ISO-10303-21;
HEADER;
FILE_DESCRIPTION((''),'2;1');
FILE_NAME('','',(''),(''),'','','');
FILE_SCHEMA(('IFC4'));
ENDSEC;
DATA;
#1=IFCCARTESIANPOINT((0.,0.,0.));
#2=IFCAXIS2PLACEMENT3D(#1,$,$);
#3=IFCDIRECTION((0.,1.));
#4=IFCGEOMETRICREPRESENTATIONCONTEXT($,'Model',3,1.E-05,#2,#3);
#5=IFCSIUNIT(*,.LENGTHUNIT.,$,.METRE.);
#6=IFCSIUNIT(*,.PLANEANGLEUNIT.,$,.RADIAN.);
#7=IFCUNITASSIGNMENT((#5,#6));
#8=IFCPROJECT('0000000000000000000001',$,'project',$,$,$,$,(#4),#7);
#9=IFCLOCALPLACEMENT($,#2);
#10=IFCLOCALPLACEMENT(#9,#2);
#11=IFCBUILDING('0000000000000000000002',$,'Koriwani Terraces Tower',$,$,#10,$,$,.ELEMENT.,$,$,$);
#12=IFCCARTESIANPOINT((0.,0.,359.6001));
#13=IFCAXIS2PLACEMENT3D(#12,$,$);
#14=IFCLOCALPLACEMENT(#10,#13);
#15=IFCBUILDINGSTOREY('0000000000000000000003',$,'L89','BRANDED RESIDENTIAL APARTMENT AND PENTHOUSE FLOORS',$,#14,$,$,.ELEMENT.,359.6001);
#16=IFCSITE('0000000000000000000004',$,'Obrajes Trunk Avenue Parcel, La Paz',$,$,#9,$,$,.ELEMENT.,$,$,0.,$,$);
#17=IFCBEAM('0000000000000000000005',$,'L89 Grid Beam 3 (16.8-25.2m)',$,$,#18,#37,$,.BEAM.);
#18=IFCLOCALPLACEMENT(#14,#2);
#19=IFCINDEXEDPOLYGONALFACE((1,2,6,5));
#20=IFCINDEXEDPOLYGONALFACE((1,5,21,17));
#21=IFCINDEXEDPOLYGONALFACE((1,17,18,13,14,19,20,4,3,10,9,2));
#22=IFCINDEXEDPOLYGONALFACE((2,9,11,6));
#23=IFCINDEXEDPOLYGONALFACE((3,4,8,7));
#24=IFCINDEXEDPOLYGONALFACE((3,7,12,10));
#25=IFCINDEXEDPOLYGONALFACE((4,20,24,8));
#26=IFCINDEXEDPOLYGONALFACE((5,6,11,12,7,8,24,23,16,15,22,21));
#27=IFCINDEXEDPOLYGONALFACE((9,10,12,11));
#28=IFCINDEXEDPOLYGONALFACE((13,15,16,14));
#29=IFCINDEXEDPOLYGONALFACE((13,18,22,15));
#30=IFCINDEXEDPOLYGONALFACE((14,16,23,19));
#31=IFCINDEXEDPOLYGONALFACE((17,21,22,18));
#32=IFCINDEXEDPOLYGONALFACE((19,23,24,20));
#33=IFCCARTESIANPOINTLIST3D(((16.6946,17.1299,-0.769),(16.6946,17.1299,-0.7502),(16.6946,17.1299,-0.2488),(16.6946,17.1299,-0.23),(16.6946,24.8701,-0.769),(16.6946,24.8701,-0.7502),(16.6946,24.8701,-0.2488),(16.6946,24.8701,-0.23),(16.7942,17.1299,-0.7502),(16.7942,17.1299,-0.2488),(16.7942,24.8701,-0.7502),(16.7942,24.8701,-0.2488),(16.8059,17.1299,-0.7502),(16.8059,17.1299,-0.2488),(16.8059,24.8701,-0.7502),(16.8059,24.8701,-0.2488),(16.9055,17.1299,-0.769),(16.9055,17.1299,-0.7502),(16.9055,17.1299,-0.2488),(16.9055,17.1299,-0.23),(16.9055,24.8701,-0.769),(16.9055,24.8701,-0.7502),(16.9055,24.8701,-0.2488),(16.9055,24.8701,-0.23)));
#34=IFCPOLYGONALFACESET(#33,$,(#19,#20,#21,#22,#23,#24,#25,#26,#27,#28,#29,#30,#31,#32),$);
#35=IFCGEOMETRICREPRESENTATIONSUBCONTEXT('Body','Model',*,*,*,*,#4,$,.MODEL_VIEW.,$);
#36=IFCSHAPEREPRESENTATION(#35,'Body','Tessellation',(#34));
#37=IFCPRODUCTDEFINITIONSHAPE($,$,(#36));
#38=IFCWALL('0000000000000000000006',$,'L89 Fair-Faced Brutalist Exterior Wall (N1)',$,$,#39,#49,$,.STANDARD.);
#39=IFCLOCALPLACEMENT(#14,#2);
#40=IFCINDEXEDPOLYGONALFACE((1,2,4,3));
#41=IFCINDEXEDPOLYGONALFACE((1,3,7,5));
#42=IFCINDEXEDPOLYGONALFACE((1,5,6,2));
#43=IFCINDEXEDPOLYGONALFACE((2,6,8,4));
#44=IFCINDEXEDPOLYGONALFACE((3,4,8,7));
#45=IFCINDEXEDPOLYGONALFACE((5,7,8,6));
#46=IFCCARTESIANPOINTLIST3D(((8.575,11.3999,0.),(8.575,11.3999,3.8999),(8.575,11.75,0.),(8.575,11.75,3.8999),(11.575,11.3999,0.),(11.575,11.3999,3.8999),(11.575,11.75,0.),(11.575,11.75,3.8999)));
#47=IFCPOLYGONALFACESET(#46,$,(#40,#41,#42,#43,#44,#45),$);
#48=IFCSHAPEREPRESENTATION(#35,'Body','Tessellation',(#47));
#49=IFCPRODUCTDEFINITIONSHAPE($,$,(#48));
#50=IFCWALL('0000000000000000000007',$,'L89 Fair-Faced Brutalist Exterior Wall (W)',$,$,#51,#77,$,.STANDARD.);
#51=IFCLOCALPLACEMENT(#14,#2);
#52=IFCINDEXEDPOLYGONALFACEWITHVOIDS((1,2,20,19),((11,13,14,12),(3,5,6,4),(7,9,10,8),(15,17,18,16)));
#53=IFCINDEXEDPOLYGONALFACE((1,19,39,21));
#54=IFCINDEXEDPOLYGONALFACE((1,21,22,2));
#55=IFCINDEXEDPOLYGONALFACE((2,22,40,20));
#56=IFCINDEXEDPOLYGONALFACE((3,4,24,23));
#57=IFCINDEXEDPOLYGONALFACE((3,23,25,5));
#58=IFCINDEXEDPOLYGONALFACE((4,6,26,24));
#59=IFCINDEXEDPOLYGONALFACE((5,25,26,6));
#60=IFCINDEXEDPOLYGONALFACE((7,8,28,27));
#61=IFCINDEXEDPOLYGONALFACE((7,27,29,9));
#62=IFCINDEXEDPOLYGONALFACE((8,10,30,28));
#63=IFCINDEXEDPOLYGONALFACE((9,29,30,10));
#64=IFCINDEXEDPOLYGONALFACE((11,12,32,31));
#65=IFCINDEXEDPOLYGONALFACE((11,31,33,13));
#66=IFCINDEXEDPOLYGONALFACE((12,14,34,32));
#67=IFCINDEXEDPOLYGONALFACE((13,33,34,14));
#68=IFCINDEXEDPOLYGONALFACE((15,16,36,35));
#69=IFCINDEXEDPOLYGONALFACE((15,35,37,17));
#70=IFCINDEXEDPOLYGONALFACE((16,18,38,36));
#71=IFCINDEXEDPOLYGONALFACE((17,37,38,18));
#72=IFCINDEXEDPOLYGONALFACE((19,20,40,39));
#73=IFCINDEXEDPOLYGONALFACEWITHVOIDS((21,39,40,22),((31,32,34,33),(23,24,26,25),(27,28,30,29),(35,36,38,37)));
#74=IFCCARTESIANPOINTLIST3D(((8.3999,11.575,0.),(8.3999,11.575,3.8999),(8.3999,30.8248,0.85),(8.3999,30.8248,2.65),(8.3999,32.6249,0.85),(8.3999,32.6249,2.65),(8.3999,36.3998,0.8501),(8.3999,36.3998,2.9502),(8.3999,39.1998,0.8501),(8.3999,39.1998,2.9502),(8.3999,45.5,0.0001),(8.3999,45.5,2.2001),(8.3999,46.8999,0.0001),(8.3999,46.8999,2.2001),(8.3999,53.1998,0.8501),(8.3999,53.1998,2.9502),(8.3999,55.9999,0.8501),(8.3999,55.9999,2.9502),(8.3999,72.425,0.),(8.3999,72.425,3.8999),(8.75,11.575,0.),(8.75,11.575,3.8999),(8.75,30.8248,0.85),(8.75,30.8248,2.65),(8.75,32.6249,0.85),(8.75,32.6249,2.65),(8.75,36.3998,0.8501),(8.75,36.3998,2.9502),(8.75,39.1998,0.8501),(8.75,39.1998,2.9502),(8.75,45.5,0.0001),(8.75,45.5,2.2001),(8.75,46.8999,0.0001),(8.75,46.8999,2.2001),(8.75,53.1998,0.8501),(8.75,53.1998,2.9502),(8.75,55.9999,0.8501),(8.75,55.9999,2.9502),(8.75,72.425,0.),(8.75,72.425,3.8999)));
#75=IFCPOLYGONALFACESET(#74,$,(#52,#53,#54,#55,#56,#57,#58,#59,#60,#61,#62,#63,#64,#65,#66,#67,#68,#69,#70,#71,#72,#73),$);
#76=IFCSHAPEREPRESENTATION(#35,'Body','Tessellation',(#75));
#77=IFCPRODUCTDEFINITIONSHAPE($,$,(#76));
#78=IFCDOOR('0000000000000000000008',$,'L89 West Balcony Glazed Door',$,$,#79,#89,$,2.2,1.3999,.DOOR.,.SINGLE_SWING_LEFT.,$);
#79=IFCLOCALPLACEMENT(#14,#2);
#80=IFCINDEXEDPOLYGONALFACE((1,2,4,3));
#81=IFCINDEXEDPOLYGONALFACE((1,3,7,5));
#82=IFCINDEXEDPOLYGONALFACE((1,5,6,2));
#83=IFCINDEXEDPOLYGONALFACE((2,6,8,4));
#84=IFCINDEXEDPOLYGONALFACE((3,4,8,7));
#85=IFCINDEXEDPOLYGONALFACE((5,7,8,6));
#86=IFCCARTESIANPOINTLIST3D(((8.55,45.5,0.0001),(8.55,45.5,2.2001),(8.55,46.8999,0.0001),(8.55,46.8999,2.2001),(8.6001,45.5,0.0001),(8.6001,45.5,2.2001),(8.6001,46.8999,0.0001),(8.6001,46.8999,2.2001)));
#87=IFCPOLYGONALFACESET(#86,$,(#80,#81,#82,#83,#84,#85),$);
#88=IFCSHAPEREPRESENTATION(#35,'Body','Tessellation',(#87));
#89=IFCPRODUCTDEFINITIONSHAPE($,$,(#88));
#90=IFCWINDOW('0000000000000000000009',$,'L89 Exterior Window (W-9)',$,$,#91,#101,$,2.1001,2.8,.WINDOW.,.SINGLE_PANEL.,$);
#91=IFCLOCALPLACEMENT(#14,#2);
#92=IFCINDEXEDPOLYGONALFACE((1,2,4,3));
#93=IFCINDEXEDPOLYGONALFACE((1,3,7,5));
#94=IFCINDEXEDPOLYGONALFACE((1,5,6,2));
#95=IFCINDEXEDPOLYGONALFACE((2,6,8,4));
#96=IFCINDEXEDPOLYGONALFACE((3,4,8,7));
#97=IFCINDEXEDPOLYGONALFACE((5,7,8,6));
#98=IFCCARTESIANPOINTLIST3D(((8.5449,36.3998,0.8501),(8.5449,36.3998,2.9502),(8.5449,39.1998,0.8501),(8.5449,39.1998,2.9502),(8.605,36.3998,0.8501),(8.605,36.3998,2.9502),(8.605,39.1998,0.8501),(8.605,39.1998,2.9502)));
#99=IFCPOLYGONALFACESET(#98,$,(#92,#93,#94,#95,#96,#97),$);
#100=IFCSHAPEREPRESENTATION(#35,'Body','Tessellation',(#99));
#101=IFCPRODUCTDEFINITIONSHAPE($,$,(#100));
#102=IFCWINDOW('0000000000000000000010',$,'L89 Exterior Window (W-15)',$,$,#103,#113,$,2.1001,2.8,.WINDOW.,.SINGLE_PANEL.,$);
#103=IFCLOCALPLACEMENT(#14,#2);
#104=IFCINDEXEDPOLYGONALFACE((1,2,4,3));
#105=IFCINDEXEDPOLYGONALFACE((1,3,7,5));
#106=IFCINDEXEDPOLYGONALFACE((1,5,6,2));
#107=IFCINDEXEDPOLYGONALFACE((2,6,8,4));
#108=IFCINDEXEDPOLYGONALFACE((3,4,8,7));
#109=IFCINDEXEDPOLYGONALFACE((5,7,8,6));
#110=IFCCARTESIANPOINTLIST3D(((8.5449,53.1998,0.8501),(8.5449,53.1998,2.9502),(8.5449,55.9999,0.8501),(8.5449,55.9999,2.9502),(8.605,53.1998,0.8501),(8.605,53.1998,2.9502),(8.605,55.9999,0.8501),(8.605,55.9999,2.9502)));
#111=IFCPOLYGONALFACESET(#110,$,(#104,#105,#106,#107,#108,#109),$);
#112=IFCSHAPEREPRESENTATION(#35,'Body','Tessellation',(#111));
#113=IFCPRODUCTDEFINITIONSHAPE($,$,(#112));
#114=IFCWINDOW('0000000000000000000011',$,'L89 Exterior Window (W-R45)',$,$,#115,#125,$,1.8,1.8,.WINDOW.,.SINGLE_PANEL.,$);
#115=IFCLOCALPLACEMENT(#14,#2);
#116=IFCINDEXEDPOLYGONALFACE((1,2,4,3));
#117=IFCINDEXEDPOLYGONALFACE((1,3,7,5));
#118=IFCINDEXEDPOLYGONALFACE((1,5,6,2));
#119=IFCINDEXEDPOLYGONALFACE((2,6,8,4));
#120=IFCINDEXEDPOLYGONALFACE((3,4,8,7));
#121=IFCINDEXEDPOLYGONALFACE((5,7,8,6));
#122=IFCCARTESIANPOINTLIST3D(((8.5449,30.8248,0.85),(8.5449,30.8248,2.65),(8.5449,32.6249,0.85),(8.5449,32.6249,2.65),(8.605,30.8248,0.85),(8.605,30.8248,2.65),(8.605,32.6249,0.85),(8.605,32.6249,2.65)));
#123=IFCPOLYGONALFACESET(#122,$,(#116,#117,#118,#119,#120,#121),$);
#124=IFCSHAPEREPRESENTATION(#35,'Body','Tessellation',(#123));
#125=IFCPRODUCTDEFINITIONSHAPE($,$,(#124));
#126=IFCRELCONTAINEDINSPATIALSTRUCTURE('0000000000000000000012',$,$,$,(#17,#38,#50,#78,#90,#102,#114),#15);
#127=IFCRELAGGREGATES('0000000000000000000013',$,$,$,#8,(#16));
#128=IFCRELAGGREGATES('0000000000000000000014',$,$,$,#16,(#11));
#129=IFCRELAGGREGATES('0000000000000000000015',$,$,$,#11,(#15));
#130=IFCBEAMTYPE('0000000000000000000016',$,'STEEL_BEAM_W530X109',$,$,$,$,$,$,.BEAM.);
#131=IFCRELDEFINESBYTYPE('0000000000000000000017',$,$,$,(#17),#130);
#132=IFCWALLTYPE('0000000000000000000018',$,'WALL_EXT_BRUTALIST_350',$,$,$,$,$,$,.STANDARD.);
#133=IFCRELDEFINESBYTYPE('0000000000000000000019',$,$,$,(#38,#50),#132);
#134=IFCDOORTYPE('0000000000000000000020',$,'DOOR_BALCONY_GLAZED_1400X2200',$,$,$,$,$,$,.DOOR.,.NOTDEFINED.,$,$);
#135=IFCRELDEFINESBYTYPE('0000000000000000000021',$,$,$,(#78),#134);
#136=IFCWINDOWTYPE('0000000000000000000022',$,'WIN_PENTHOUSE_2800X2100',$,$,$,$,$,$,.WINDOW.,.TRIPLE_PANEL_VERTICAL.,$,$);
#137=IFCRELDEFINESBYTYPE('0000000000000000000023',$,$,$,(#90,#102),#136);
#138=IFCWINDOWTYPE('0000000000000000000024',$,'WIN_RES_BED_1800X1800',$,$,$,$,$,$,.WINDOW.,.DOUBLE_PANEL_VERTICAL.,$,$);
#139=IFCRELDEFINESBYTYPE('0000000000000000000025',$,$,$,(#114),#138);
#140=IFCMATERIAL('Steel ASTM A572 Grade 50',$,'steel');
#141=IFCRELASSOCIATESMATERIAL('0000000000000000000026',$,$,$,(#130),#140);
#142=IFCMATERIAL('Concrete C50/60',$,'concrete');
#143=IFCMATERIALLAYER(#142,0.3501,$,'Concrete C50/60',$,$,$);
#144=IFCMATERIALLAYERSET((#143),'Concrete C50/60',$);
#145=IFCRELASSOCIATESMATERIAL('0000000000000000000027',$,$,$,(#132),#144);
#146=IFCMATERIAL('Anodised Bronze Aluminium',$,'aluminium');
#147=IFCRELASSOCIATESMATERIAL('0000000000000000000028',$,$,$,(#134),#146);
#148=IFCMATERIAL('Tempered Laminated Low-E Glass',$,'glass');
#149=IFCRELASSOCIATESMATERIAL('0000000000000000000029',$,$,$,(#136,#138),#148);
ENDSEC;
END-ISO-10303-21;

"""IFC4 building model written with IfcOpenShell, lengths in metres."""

from ifc_helpers import new_model, si_unit, direction, frame, frame_2d, origin, origin_2d, place, context, subcontext, project, spatial, rectangle, i_section, extrude, material, layer, layer_set, material_profile, profile_set, type_object, element, fill, save


model = new_model("IFC4")

# Units and contexts
model_context = context("Model", 3, precision=1e-05, world=origin(), true_north=direction((0.0, 1.0)))
body_context = subcontext(model_context, "Body", "Model", "MODEL_VIEW")
ifc_project = project(units=[si_unit("LENGTHUNIT", "METRE"), si_unit("PLANEANGLEUNIT", "RADIAN")], contexts=[model_context])

# Site, building, storey
site_placement = place(None, origin())
site = spatial("IfcSite", under=ifc_project, at=site_placement, Name="Obrajes Trunk Avenue Parcel, La Paz", CompositionType="ELEMENT", RefElevation=0.0)
building_placement = place(site_placement, origin())
building = spatial("IfcBuilding", under=site, at=building_placement, Name="Koriwani Terraces Tower", CompositionType="ELEMENT")
storey_placement = place(building_placement, frame((0.0, 0.0, 359.6001)))
storey = spatial("IfcBuildingStorey", under=building, at=storey_placement, Name="L89", Description="BRANDED RESIDENTIAL APARTMENT AND PENTHOUSE FLOORS", CompositionType="ELEMENT", Elevation=359.6001)

# Shared definitions
ifc_material_1 = material(Name="Concrete C50/60", Category="concrete")

# Beam
ifc_material_2 = material(Name="Steel ASTM A572 Grade 50", Category="steel")
ifc_material_profile_1 = material_profile(ifc_material_2, i_section(OverallWidth=0.2109, OverallDepth=0.5391, WebThickness=0.0117, FlangeThickness=0.0188, at=origin_2d()), Name="Steel ASTM A572 Grade 50", Category="LoadBearing")
ifc_profile_set_1 = profile_set([ifc_material_profile_1], Name="Steel ASTM A572 Grade 50")
beam_type_1 = type_object("IfcBeamType", Name="STEEL_BEAM_W530X109", PredefinedType="BEAM", material=ifc_profile_set_1)
for number, where, z_axis, x_axis, name in (
    (1, (16.8, 17.1299, -0.4995), (0.0, 1.0, 0.0), (-1.0, 0.0, 0.0), "L89 Grid Beam 3 (16.8-25.2m)"),
):
    element("IfcBeam", number, at=place(storey_placement, frame(where, z_axis=z_axis, x_axis=x_axis)), inside=storey, type_object=beam_type_1, Name=name, PredefinedType="BEAM", context=body_context, shape_type="SweptSolid", body=[
        extrude(i_section(OverallWidth=0.2109, OverallDepth=0.5391, WebThickness=0.0117, FlangeThickness=0.0188, at=origin_2d()), origin(), (0.0, 0.0, 1.0), 7.7402),
    ])

# Wall
ifc_layer_1 = layer(ifc_material_1, 0.3501, Name="Concrete C50/60")
ifc_layer_set_1 = layer_set([ifc_layer_1], Name="Concrete C50/60")
wall_type_1 = type_object("IfcWallType", Name="WALL_EXT_BRUTALIST_350", PredefinedType="STANDARD", material=ifc_layer_set_1)
wall_1_placement = place(storey_placement, frame((11.575, 11.575, 0.0), z_axis=(0.0, 0.0, 1.0), x_axis=(-1.0, 0.0, 0.0)))
element("IfcWall", 2, at=wall_1_placement, inside=storey, type_object=wall_type_1, Name="L89 Fair-Faced Brutalist Exterior Wall (N1)", PredefinedType="STANDARD", context=body_context, shape_type="SweptSolid", body=[
    extrude(rectangle(XDim=3.0, YDim=0.3501, at=frame_2d((1.5, 0.0))), origin(), (0.0, 0.0, 1.0), 3.8999),
])

# Wall, openings, door, windows
wall_2_placement = place(storey_placement, frame((8.575, 11.575, 0.0), z_axis=(0.0, 0.0, 1.0), x_axis=(0.0, 1.0, 0.0)))
wall_2 = element("IfcWall", 3, at=wall_2_placement, inside=storey, type_object=wall_type_1, Name="L89 Fair-Faced Brutalist Exterior Wall (W)", PredefinedType="STANDARD", context=body_context, shape_type="SweptSolid", body=[
    extrude(rectangle(XDim=60.8501, YDim=0.3501, at=frame_2d((30.425, 0.0))), origin(), (0.0, 0.0, 1.0), 3.8999),
])
opening_1_placement = place(wall_2_placement, frame((33.925, 0.0, 0.0)))
opening_1 = element("IfcOpeningElement", 4, at=opening_1_placement, cuts=wall_2, PredefinedType="OPENING", context=body_context, shape_type="SweptSolid", body=[
    extrude(rectangle(XDim=1.3999, YDim=2.2, at=frame_2d((0.7, 1.1001))), frame((0.0, 0.1851, 0.0), z_axis=(0.0, -1.0, 0.0), x_axis=(1.0, 0.0, 0.0)), (0.0, 0.0, 1.0), 0.3701),
])
opening_2_placement = place(wall_2_placement, frame((24.825, 0.0, 0.8501)))
opening_2 = element("IfcOpeningElement", 5, at=opening_2_placement, cuts=wall_2, PredefinedType="OPENING", context=body_context, shape_type="SweptSolid", body=[
    extrude(rectangle(XDim=2.8, YDim=2.1001, at=frame_2d((1.3999, 1.05))), frame((0.0, 0.1851, 0.0), z_axis=(0.0, -1.0, 0.0), x_axis=(1.0, 0.0, 0.0)), (0.0, 0.0, 1.0), 0.3701),
])
opening_3_placement = place(wall_2_placement, frame((41.625, 0.0, 0.8501)))
opening_3 = element("IfcOpeningElement", 6, at=opening_3_placement, cuts=wall_2, PredefinedType="OPENING", context=body_context, shape_type="SweptSolid", body=[
    extrude(rectangle(XDim=2.8, YDim=2.1001, at=frame_2d((1.3999, 1.05))), frame((0.0, 0.1851, 0.0), z_axis=(0.0, -1.0, 0.0), x_axis=(1.0, 0.0, 0.0)), (0.0, 0.0, 1.0), 0.3701),
])
opening_4_placement = place(wall_2_placement, frame((19.25, 0.0, 0.8501)))
opening_4 = element("IfcOpeningElement", 7, at=opening_4_placement, cuts=wall_2, PredefinedType="OPENING", context=body_context, shape_type="SweptSolid", body=[
    extrude(rectangle(XDim=1.8, YDim=1.8, at=frame_2d((0.8999, 0.8999))), frame((0.0, 0.1851, 0.0), z_axis=(0.0, -1.0, 0.0), x_axis=(1.0, 0.0, 0.0)), (0.0, 0.0, 1.0), 0.3701),
])
ifc_material_3 = material(Name="Anodised Bronze Aluminium", Category="aluminium")
door_type_1 = type_object("IfcDoorType", Name="DOOR_BALCONY_GLAZED_1400X2200", OperationType="NOTDEFINED", PredefinedType="DOOR", material=ifc_material_3)
door_1_placement = place(opening_1_placement, origin())
door_1 = element("IfcDoor", 8, at=door_1_placement, inside=storey, type_object=door_type_1, Name="L89 West Balcony Glazed Door", OperationType="SINGLE_SWING_LEFT", OverallHeight=2.2, OverallWidth=1.3999, PredefinedType="DOOR", context=body_context, shape_type="SweptSolid", body=[
    extrude(rectangle(XDim=1.3999, YDim=2.2, at=frame_2d((0.7, 1.1001))), frame((0.0, 0.0249, 0.0), z_axis=(0.0, -1.0, 0.0), x_axis=(1.0, 0.0, 0.0)), (0.0, 0.0, 1.0), 0.05),
])
fill(opening_1, door_1)
ifc_material_4 = material(Name="Tempered Laminated Low-E Glass", Category="glass")
window_type_1 = type_object("IfcWindowType", Name="WIN_PENTHOUSE_2800X2100", PartitioningType="TRIPLE_PANEL_VERTICAL", PredefinedType="WINDOW", material=ifc_material_4)
window_1_placement = place(opening_2_placement, origin())
window_1 = element("IfcWindow", 9, at=window_1_placement, inside=storey, type_object=window_type_1, Name="L89 Exterior Window (W-9)", OverallHeight=2.1001, OverallWidth=2.8, PartitioningType="SINGLE_PANEL", PredefinedType="WINDOW", context=body_context, shape_type="SweptSolid", body=[
    extrude(rectangle(XDim=2.8, YDim=2.1001, at=frame_2d((1.3999, 1.05))), frame((0.0, 0.03, 0.0), z_axis=(0.0, -1.0, 0.0), x_axis=(1.0, 0.0, 0.0)), (0.0, 0.0, 1.0), 0.0601),
])
fill(opening_2, window_1)
window_2_placement = place(opening_3_placement, origin())
window_2 = element("IfcWindow", 10, at=window_2_placement, inside=storey, type_object=window_type_1, Name="L89 Exterior Window (W-15)", OverallHeight=2.1001, OverallWidth=2.8, PartitioningType="SINGLE_PANEL", PredefinedType="WINDOW", context=body_context, shape_type="SweptSolid", body=[
    extrude(rectangle(XDim=2.8, YDim=2.1001, at=frame_2d((1.3999, 1.05))), frame((0.0, 0.03, 0.0), z_axis=(0.0, -1.0, 0.0), x_axis=(1.0, 0.0, 0.0)), (0.0, 0.0, 1.0), 0.0601),
])
fill(opening_3, window_2)
window_type_2 = type_object("IfcWindowType", Name="WIN_RES_BED_1800X1800", PartitioningType="DOUBLE_PANEL_VERTICAL", PredefinedType="WINDOW", material=ifc_material_4)
window_3_placement = place(opening_4_placement, origin())
window_3 = element("IfcWindow", 11, at=window_3_placement, inside=storey, type_object=window_type_2, Name="L89 Exterior Window (W-R45)", OverallHeight=1.8, OverallWidth=1.8, PartitioningType="SINGLE_PANEL", PredefinedType="WINDOW", context=body_context, shape_type="SweptSolid", body=[
    extrude(rectangle(XDim=1.8, YDim=1.8, at=frame_2d((0.8999, 0.8999))), frame((0.0, 0.03, 0.0), z_axis=(0.0, -1.0, 0.0), x_axis=(1.0, 0.0, 0.0)), (0.0, 0.0, 1.0), 0.0601),
])
fill(opening_4, window_3)

save(model, "model.ifc")
